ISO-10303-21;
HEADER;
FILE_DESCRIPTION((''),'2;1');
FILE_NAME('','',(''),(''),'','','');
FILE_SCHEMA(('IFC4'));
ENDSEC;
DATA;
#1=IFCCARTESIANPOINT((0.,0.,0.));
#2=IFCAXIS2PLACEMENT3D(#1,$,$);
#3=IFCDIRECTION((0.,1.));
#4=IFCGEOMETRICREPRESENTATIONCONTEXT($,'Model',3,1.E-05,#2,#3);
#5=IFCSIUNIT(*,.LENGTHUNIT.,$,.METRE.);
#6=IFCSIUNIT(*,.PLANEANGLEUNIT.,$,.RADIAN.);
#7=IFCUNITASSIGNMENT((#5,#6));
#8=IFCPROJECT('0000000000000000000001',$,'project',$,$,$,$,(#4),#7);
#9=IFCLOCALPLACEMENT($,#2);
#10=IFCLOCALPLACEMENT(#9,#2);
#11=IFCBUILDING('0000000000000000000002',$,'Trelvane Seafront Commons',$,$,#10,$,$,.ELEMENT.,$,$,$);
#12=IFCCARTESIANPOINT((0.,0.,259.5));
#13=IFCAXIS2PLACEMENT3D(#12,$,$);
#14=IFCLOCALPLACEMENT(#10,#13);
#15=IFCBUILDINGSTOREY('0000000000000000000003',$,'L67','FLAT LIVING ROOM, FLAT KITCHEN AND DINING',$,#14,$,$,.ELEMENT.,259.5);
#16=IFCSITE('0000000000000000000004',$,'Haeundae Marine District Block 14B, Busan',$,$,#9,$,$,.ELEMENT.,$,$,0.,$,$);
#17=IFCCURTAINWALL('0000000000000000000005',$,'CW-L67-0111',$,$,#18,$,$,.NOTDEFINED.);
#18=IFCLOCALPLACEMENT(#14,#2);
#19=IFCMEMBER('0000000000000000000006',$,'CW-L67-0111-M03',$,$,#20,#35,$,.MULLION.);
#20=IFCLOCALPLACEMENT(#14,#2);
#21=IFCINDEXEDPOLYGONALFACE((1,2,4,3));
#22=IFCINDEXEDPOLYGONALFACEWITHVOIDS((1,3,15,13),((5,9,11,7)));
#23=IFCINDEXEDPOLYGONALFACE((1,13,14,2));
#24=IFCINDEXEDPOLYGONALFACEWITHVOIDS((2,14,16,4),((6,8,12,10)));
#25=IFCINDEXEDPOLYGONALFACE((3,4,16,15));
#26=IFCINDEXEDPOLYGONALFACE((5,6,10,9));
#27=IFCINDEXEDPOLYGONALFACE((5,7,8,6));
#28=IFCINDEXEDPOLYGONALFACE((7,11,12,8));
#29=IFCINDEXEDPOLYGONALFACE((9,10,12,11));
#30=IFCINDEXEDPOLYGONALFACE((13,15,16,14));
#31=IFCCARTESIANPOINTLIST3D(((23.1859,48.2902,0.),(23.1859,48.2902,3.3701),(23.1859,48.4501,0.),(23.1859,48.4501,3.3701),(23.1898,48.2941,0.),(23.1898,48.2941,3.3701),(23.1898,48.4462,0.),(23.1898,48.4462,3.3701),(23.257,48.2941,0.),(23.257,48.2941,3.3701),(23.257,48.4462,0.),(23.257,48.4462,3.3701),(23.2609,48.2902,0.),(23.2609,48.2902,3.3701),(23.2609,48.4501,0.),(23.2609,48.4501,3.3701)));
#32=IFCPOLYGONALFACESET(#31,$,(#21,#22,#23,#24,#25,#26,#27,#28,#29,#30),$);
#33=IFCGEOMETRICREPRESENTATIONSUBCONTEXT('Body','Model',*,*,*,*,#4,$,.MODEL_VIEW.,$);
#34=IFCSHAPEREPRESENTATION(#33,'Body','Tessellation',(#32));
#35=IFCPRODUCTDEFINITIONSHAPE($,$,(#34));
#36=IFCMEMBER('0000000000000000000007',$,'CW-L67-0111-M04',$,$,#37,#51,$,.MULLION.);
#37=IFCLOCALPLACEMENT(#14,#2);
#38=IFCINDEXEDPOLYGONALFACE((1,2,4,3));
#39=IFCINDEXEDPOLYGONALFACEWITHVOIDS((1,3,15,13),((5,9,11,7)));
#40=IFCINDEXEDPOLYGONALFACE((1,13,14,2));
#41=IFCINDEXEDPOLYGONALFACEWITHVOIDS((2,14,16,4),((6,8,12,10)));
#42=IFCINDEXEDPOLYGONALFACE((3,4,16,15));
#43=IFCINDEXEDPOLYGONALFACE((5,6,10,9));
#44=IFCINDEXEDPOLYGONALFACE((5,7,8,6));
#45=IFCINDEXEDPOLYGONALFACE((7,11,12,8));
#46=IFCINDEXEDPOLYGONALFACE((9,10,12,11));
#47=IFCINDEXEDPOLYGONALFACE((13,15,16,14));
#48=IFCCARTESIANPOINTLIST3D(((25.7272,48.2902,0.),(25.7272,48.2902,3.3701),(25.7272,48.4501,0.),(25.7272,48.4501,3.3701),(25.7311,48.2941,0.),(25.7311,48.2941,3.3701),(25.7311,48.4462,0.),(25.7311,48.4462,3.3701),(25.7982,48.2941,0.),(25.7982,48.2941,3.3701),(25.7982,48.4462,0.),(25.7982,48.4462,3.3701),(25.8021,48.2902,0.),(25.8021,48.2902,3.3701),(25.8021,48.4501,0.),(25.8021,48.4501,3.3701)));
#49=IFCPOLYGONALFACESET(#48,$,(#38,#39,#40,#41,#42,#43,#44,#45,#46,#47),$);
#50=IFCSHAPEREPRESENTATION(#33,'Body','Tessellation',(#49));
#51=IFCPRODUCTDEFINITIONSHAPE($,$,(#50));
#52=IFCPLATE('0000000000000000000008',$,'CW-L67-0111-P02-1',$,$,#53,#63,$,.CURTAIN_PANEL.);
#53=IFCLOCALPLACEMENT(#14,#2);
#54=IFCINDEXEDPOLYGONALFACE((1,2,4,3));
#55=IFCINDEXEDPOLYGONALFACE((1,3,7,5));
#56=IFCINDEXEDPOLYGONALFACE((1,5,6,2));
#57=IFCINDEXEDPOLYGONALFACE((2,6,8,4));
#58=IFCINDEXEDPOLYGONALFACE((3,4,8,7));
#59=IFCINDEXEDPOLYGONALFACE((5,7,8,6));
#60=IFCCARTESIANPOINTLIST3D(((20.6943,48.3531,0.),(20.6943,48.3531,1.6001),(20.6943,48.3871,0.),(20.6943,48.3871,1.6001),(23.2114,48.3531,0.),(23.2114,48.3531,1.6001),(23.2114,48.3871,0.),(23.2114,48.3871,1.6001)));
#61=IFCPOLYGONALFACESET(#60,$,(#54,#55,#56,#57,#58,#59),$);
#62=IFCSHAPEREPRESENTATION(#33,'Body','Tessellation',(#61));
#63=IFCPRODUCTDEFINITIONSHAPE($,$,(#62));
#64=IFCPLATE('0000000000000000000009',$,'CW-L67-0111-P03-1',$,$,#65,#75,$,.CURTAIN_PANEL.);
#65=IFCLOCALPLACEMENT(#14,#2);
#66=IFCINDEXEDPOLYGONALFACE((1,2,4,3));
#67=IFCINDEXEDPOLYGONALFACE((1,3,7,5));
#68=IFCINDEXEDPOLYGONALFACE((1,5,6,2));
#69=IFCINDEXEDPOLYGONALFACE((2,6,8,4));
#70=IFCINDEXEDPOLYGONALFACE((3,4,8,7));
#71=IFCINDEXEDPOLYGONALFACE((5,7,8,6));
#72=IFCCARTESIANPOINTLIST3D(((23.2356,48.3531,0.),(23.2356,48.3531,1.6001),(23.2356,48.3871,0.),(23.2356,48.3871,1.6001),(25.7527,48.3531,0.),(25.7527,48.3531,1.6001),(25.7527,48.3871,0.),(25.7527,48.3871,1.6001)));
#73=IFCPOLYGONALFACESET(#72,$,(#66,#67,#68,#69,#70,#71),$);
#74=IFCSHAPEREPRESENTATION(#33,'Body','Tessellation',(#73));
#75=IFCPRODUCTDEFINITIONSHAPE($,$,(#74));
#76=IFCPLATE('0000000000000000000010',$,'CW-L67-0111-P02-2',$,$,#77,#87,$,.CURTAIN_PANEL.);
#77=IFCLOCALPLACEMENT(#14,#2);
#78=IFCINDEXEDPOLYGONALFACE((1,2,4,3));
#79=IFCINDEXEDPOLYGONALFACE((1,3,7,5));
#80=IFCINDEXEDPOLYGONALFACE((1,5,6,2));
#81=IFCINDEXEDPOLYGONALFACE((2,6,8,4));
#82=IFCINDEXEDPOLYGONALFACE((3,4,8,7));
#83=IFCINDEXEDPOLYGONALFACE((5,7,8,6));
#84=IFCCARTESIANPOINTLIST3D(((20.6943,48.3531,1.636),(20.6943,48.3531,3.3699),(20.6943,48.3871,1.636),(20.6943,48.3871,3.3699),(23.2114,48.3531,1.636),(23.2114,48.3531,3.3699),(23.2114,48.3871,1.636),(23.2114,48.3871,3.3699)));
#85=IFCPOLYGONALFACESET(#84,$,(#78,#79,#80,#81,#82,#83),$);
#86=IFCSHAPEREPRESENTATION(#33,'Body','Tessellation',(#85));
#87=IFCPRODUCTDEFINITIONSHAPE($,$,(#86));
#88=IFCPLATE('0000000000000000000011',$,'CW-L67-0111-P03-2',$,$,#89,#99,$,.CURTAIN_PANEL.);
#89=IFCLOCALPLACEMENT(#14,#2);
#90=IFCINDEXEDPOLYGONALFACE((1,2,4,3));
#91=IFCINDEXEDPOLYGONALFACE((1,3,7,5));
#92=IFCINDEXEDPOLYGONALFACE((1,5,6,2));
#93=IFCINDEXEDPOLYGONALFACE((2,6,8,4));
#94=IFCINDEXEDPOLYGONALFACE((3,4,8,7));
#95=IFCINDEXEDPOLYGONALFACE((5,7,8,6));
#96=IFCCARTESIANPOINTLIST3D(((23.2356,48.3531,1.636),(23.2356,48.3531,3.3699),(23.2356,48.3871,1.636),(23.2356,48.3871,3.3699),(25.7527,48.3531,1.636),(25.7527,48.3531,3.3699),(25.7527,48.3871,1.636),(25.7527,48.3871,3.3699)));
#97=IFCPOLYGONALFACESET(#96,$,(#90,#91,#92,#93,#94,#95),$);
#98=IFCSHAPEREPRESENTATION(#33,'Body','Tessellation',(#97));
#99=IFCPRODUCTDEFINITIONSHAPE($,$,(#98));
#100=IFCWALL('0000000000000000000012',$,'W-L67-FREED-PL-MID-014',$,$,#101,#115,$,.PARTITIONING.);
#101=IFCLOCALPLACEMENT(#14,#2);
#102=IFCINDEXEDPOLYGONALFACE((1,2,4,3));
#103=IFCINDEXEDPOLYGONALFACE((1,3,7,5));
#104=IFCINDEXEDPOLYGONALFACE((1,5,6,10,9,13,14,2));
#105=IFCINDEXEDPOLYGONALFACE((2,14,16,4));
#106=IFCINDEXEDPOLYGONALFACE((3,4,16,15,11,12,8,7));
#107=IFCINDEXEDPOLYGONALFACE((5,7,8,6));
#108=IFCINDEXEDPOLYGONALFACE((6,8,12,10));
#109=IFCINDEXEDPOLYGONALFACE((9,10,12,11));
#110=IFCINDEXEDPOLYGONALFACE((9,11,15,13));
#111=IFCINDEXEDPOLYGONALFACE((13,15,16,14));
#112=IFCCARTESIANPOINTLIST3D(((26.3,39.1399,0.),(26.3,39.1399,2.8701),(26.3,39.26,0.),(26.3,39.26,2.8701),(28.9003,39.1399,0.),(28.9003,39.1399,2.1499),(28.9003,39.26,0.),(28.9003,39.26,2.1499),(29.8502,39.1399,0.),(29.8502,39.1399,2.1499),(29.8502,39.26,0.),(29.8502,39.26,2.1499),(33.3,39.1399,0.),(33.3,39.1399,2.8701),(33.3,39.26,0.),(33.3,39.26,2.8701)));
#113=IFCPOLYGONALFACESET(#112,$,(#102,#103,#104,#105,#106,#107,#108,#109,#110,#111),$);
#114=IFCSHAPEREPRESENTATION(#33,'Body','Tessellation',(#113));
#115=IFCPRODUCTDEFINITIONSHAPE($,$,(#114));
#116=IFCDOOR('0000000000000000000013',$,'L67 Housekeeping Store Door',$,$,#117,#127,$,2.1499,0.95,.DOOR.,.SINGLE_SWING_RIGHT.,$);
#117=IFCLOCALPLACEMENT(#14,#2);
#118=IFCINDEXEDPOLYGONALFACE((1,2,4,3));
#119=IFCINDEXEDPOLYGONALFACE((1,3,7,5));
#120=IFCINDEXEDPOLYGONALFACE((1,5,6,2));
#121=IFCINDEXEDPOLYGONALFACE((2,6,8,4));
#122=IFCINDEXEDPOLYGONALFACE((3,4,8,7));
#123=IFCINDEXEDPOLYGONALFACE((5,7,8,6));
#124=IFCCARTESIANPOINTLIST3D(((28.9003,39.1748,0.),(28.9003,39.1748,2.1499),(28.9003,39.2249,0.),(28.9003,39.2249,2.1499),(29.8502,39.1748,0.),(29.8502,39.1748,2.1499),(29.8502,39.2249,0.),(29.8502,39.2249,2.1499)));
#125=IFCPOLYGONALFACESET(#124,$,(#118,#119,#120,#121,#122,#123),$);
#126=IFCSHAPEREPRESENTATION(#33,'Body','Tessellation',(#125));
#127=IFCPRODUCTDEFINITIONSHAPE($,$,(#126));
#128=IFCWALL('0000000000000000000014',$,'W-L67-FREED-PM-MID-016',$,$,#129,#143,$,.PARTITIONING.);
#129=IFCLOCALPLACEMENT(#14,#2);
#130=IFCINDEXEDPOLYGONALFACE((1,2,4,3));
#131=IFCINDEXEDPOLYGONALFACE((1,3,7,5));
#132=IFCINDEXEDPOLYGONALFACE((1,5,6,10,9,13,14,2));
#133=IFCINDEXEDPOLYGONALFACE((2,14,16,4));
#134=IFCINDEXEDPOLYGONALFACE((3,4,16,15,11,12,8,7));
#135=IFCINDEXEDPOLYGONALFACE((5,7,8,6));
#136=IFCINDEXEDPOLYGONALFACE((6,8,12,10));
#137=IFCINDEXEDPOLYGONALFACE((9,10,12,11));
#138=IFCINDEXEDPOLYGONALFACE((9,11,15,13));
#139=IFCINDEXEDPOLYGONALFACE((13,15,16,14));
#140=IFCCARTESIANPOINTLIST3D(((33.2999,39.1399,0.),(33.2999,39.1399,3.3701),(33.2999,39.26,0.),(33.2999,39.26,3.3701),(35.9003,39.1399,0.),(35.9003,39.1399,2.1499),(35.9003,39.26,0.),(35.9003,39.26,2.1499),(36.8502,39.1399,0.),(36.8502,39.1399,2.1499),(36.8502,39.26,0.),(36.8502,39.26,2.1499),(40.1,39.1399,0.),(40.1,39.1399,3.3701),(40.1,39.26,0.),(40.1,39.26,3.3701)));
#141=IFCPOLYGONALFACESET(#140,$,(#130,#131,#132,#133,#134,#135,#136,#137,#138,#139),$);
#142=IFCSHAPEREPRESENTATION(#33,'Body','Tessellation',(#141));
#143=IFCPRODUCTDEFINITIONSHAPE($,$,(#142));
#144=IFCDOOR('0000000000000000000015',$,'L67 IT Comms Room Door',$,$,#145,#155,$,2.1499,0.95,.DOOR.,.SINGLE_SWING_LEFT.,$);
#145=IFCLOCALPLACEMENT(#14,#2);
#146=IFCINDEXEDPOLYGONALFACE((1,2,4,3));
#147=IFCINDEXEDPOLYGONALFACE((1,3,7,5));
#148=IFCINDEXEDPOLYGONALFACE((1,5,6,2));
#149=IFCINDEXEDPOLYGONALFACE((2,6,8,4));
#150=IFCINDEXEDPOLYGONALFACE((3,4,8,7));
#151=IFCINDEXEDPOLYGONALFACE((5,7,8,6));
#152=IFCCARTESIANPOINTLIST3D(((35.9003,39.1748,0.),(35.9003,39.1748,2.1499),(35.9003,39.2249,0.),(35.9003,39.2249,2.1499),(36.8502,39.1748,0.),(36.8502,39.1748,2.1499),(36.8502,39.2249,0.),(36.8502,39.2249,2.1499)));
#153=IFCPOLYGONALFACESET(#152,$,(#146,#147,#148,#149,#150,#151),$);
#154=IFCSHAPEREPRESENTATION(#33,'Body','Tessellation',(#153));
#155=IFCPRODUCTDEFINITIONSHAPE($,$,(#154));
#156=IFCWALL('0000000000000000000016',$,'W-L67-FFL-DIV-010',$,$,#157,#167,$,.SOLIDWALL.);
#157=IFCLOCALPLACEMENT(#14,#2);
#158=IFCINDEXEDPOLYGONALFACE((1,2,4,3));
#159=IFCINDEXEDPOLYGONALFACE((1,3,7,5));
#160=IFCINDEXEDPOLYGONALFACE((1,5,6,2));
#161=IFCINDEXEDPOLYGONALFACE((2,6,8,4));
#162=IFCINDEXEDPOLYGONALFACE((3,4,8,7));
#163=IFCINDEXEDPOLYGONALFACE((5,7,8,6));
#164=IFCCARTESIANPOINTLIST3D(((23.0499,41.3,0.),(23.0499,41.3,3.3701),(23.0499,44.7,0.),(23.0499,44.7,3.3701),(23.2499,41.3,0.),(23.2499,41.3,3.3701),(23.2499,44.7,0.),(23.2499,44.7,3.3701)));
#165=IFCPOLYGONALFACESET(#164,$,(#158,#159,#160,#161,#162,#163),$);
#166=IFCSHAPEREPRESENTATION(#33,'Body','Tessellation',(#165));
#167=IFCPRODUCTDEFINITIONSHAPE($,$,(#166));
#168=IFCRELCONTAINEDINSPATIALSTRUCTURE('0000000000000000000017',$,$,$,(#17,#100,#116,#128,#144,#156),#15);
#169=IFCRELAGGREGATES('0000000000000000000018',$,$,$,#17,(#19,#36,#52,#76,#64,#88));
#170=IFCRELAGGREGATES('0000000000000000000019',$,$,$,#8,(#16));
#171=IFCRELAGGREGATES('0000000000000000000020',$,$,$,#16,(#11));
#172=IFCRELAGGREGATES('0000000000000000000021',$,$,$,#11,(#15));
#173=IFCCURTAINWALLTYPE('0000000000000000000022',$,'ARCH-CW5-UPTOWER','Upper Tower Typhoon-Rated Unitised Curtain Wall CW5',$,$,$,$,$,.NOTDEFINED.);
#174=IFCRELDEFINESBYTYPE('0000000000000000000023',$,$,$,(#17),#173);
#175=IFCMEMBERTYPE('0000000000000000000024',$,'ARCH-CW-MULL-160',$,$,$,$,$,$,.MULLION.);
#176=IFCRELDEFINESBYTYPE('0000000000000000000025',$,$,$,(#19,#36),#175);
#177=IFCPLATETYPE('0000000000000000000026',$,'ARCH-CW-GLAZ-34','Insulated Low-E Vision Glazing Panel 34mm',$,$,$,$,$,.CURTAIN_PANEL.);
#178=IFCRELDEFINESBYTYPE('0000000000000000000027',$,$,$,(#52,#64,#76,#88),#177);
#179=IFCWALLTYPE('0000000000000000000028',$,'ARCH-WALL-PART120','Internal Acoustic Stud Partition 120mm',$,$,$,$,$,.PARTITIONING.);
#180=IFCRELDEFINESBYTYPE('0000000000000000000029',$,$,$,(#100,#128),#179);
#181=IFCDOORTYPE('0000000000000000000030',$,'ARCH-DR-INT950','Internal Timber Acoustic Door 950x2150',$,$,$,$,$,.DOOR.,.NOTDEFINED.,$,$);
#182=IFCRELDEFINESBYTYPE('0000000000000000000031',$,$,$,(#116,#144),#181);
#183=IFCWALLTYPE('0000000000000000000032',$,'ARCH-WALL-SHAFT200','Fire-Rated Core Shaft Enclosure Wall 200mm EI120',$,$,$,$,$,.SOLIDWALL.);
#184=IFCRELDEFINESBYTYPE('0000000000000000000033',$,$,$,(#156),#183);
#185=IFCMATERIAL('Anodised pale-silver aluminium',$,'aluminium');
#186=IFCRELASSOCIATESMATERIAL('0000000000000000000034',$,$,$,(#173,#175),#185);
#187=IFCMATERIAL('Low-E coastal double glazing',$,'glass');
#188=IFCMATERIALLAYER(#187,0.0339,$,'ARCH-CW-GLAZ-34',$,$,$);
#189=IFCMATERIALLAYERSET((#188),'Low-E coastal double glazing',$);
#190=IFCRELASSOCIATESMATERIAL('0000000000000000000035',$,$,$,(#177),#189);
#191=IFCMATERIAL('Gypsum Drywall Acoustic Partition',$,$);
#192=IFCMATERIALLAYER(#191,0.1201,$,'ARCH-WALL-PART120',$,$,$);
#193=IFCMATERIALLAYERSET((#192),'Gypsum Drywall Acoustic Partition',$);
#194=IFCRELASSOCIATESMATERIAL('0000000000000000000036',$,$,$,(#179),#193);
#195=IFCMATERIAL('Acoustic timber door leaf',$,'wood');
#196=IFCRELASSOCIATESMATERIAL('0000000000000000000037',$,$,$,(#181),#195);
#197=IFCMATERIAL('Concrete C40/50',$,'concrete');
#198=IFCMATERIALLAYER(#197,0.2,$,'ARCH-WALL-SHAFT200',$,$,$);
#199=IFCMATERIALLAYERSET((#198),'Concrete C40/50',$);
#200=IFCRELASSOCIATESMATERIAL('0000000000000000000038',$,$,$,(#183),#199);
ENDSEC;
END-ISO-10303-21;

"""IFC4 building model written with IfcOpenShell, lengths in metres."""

from ifc_helpers import new_model, si_unit, direction, frame, frame_2d, origin, origin_2d, place, context, subcontext, project, spatial, rectangle, hollow_rectangle, extrude, source, transform, mapped, material, layer, layer_set, material_profile, profile_set, type_object, element, fill, aggregate, save


model = new_model("IFC4")

# Units and contexts
model_context = context("Model", 3, precision=1e-05, world=origin(), true_north=direction((0.0, 1.0)))
body_context = subcontext(model_context, "Body", "Model", "MODEL_VIEW")
ifc_project = project(units=[si_unit("LENGTHUNIT", "METRE"), si_unit("PLANEANGLEUNIT", "RADIAN")], contexts=[model_context])

# Site, building, storey
site_placement = place(None, origin())
site = spatial("IfcSite", under=ifc_project, at=site_placement, Name="Haeundae Marine District Block 14B, Busan", CompositionType="ELEMENT", RefElevation=0.0)
building_placement = place(site_placement, origin())
building = spatial("IfcBuilding", under=site, at=building_placement, Name="Trelvane Seafront Commons", CompositionType="ELEMENT")
storey_placement = place(building_placement, frame((0.0, 0.0, 259.5)))
storey = spatial("IfcBuildingStorey", under=building, at=storey_placement, Name="L67", Description="FLAT LIVING ROOM, FLAT KITCHEN AND DINING", CompositionType="ELEMENT", Elevation=259.5)

# Curtain wall, members, plates
ifc_material_1 = material(Name="Anodised pale-silver aluminium", Category="aluminium")
curtain_wall_type = type_object("IfcCurtainWallType", Name="ARCH-CW5-UPTOWER", Description="Upper Tower Typhoon-Rated Unitised Curtain Wall CW5", PredefinedType="NOTDEFINED", material=ifc_material_1)
curtain_wall_placement = place(storey_placement, origin())
curtain_wall = element("IfcCurtainWall", 1, at=curtain_wall_placement, inside=storey, type_object=curtain_wall_type, Name="CW-L67-0111", PredefinedType="NOTDEFINED")
ifc_material_profile_1 = material_profile(ifc_material_1, hollow_rectangle(XDim=0.075, YDim=0.1599, WallThickness=0.0039, at=origin_2d()), Name="MULL-75x160x4")
ifc_profile_set_1 = profile_set([ifc_material_profile_1], Name="Anodised pale-silver aluminium")
member_type_1 = type_object("IfcMemberType", Name="ARCH-CW-MULL-160", PredefinedType="MULLION", material=ifc_profile_set_1)
shared_shape_1 = source(origin(), body_context, "Body", "SweptSolid", [
    extrude(hollow_rectangle(XDim=0.075, YDim=0.1599, WallThickness=0.0039, at=origin_2d()), origin(), (0.0, 0.0, 1.0), 3.3701),
])
member_1_placement = place(storey_placement, frame((23.2234, 48.3701, 0.0), z_axis=(0.0, 0.0, 1.0), x_axis=(1.0, 0.0, 0.0)))
member_1 = element("IfcMember", 2, at=member_1_placement, type_object=member_type_1, Name="CW-L67-0111-M03", PredefinedType="MULLION", context=body_context, shape_type="MappedRepresentation", body=[
    mapped(shared_shape_1, transform((0.0, 0.0, 0.0), x_axis=(1.0, 0.0, 0.0), y_axis=(0.0, 1.0, 0.0), z_axis=(0.0, 0.0, 1.0), scale=1.0)),
])
member_2_placement = place(storey_placement, frame((25.7646, 48.3701, 0.0), z_axis=(0.0, 0.0, 1.0), x_axis=(1.0, 0.0, 0.0)))
member_2 = element("IfcMember", 3, at=member_2_placement, type_object=member_type_1, Name="CW-L67-0111-M04", PredefinedType="MULLION", context=body_context, shape_type="MappedRepresentation", body=[
    mapped(shared_shape_1, transform((0.0, 0.0, 0.0), x_axis=(1.0, 0.0, 0.0), y_axis=(0.0, 1.0, 0.0), z_axis=(0.0, 0.0, 1.0), scale=1.0)),
])
ifc_material_2 = material(Name="Low-E coastal double glazing", Category="glass")
ifc_layer_1 = layer(ifc_material_2, 0.0339, Name="ARCH-CW-GLAZ-34")
ifc_layer_set_1 = layer_set([ifc_layer_1], Name="Low-E coastal double glazing")
plate_type = type_object("IfcPlateType", Name="ARCH-CW-GLAZ-34", Description="Insulated Low-E Vision Glazing Panel 34mm", PredefinedType="CURTAIN_PANEL", material=ifc_layer_set_1)
shared_shape_2 = source(origin(), body_context, "Body", "SweptSolid", [
    extrude(rectangle(XDim=2.5171, YDim=0.0339, at=origin_2d()), origin(), (0.0, 0.0, 1.0), 1.6001),
])
plate_1_placement = place(storey_placement, frame((21.9529, 48.3701, 0.0), z_axis=(0.0, 0.0, 1.0), x_axis=(1.0, 0.0, 0.0)))
plate_1 = element("IfcPlate", 4, at=plate_1_placement, type_object=plate_type, Name="CW-L67-0111-P02-1", PredefinedType="CURTAIN_PANEL", context=body_context, shape_type="MappedRepresentation", body=[
    mapped(shared_shape_2, transform((0.0, 0.0, 0.0), x_axis=(1.0, 0.0, 0.0), y_axis=(0.0, 1.0, 0.0), z_axis=(0.0, 0.0, 1.0), scale=1.0)),
])
plate_2_placement = place(storey_placement, frame((24.4941, 48.3701, 0.0), z_axis=(0.0, 0.0, 1.0), x_axis=(1.0, 0.0, 0.0)))
plate_2 = element("IfcPlate", 5, at=plate_2_placement, type_object=plate_type, Name="CW-L67-0111-P03-1", PredefinedType="CURTAIN_PANEL", context=body_context, shape_type="MappedRepresentation", body=[
    mapped(shared_shape_2, transform((0.0, 0.0, 0.0), x_axis=(1.0, 0.0, 0.0), y_axis=(0.0, 1.0, 0.0), z_axis=(0.0, 0.0, 1.0), scale=1.0)),
])
shared_shape_3 = source(origin(), body_context, "Body", "SweptSolid", [
    extrude(rectangle(XDim=2.5171, YDim=0.0339, at=origin_2d()), origin(), (0.0, 0.0, 1.0), 1.7339),
])
plate_3_placement = place(storey_placement, frame((21.9529, 48.3701, 1.636), z_axis=(0.0, 0.0, 1.0), x_axis=(1.0, 0.0, 0.0)))
plate_3 = element("IfcPlate", 6, at=plate_3_placement, type_object=plate_type, Name="CW-L67-0111-P02-2", PredefinedType="CURTAIN_PANEL", context=body_context, shape_type="MappedRepresentation", body=[
    mapped(shared_shape_3, transform((0.0, 0.0, 0.0), x_axis=(1.0, 0.0, 0.0), y_axis=(0.0, 1.0, 0.0), z_axis=(0.0, 0.0, 1.0), scale=1.0)),
])
plate_4_placement = place(storey_placement, frame((24.4941, 48.3701, 1.636), z_axis=(0.0, 0.0, 1.0), x_axis=(1.0, 0.0, 0.0)))
plate_4 = element("IfcPlate", 7, at=plate_4_placement, type_object=plate_type, Name="CW-L67-0111-P03-2", PredefinedType="CURTAIN_PANEL", context=body_context, shape_type="MappedRepresentation", body=[
    mapped(shared_shape_3, transform((0.0, 0.0, 0.0), x_axis=(1.0, 0.0, 0.0), y_axis=(0.0, 1.0, 0.0), z_axis=(0.0, 0.0, 1.0), scale=1.0)),
])
aggregate(curtain_wall, [member_1, member_2, plate_1, plate_3, plate_2, plate_4])

# Walls, openings, doors
ifc_material_3 = material(Name="Concrete C40/50", Category="concrete")
ifc_material_4 = material(Name="Gypsum Drywall Acoustic Partition")
ifc_layer_2 = layer(ifc_material_4, 0.1201, Name="ARCH-WALL-PART120")
ifc_layer_set_2 = layer_set([ifc_layer_2], Name="Gypsum Drywall Acoustic Partition")
wall_type_1 = type_object("IfcWallType", Name="ARCH-WALL-PART120", Description="Internal Acoustic Stud Partition 120mm", PredefinedType="PARTITIONING", material=ifc_layer_set_2)
wall_1_placement = place(storey_placement, frame((26.3, 39.2, 0.0), z_axis=(0.0, 0.0, 1.0), x_axis=(1.0, 0.0, 0.0)))
wall_1 = element("IfcWall", 8, at=wall_1_placement, inside=storey, type_object=wall_type_1, Name="W-L67-FREED-PL-MID-014", PredefinedType="PARTITIONING", context=body_context, shape_type="SweptSolid", body=[
    extrude(rectangle(XDim=7.0, YDim=0.1201, at=frame_2d((3.5, 0.0))), origin(), (0.0, 0.0, 1.0), 2.8701),
])
opening_1_placement = place(wall_1_placement, frame((2.6001, 0.0, 0.0)))
opening_1 = element("IfcOpeningElement", 9, at=opening_1_placement, cuts=wall_1, PredefinedType="OPENING", context=body_context, shape_type="SweptSolid", body=[
    extrude(rectangle(XDim=0.95, YDim=2.1499, at=frame_2d((0.4751, 1.075))), frame((0.0, 0.0701, 0.0), z_axis=(0.0, -1.0, 0.0), x_axis=(1.0, 0.0, 0.0)), (0.0, 0.0, 1.0), 0.1401),
])
ifc_material_5 = material(Name="Acoustic timber door leaf", Category="wood")
door_type_1 = type_object("IfcDoorType", Name="ARCH-DR-INT950", Description="Internal Timber Acoustic Door 950x2150", OperationType="NOTDEFINED", PredefinedType="DOOR", material=ifc_material_5)
shared_shape_4 = source(origin(), body_context, "Body", "SweptSolid", [
    extrude(rectangle(XDim=0.95, YDim=2.1499, at=frame_2d((0.4751, 1.075))), frame((0.0, 0.0249, 0.0), z_axis=(0.0, -1.0, 0.0), x_axis=(1.0, 0.0, 0.0)), (0.0, 0.0, 1.0), 0.05),
])
door_1_placement = place(opening_1_placement, origin())
door_1 = element("IfcDoor", 10, at=door_1_placement, inside=storey, type_object=door_type_1, Name="L67 Housekeeping Store Door", OperationType="SINGLE_SWING_RIGHT", OverallHeight=2.1499, OverallWidth=0.95, PredefinedType="DOOR", context=body_context, shape_type="MappedRepresentation", body=[
    mapped(shared_shape_4, transform((0.0, 0.0, 0.0), x_axis=(1.0, 0.0, 0.0), y_axis=(0.0, 1.0, 0.0), z_axis=(0.0, 0.0, 1.0), scale=1.0)),
])
fill(opening_1, door_1)
wall_2_placement = place(storey_placement, frame((33.3, 39.2, 0.0), z_axis=(0.0, 0.0, 1.0), x_axis=(1.0, 0.0, 0.0)))
wall_2 = element("IfcWall", 11, at=wall_2_placement, inside=storey, type_object=wall_type_1, Name="W-L67-FREED-PM-MID-016", PredefinedType="PARTITIONING", context=body_context, shape_type="SweptSolid", body=[
    extrude(rectangle(XDim=6.8, YDim=0.1201, at=frame_2d((3.3999, 0.0))), origin(), (0.0, 0.0, 1.0), 3.3701),
])
opening_2_placement = place(wall_2_placement, frame((2.6001, 0.0, 0.0)))
opening_2 = element("IfcOpeningElement", 12, at=opening_2_placement, cuts=wall_2, PredefinedType="OPENING", context=body_context, shape_type="SweptSolid", body=[
    extrude(rectangle(XDim=0.95, YDim=2.1499, at=frame_2d((0.4751, 1.075))), frame((0.0, 0.0701, 0.0), z_axis=(0.0, -1.0, 0.0), x_axis=(1.0, 0.0, 0.0)), (0.0, 0.0, 1.0), 0.1401),
])
door_2_placement = place(opening_2_placement, origin())
door_2 = element("IfcDoor", 13, at=door_2_placement, inside=storey, type_object=door_type_1, Name="L67 IT Comms Room Door", OperationType="SINGLE_SWING_LEFT", OverallHeight=2.1499, OverallWidth=0.95, PredefinedType="DOOR", context=body_context, shape_type="MappedRepresentation", body=[
    mapped(shared_shape_4, transform((0.0, 0.0, 0.0), x_axis=(1.0, 0.0, 0.0), y_axis=(0.0, 1.0, 0.0), z_axis=(0.0, 0.0, 1.0), scale=1.0)),
])
fill(opening_2, door_2)

# Wall
ifc_layer_3 = layer(ifc_material_3, 0.2, Name="ARCH-WALL-SHAFT200")
ifc_layer_set_3 = layer_set([ifc_layer_3], Name="Concrete C40/50")
wall_type_2 = type_object("IfcWallType", Name="ARCH-WALL-SHAFT200", Description="Fire-Rated Core Shaft Enclosure Wall 200mm EI120", PredefinedType="SOLIDWALL", material=ifc_layer_set_3)
for number, where, z_axis, x_axis, name in (
    (14, (23.1499, 41.3, 0.0), (0.0, 0.0, 1.0), (0.0, 1.0, 0.0), "W-L67-FFL-DIV-010"),
):
    element("IfcWall", number, at=place(storey_placement, frame(where, z_axis=z_axis, x_axis=x_axis)), inside=storey, type_object=wall_type_2, Name=name, PredefinedType="SOLIDWALL", context=body_context, shape_type="SweptSolid", body=[
        extrude(rectangle(XDim=3.3999, YDim=0.2, at=frame_2d((1.7, 0.0))), origin(), (0.0, 0.0, 1.0), 3.3701),
    ])

save(model, "model.ifc")
